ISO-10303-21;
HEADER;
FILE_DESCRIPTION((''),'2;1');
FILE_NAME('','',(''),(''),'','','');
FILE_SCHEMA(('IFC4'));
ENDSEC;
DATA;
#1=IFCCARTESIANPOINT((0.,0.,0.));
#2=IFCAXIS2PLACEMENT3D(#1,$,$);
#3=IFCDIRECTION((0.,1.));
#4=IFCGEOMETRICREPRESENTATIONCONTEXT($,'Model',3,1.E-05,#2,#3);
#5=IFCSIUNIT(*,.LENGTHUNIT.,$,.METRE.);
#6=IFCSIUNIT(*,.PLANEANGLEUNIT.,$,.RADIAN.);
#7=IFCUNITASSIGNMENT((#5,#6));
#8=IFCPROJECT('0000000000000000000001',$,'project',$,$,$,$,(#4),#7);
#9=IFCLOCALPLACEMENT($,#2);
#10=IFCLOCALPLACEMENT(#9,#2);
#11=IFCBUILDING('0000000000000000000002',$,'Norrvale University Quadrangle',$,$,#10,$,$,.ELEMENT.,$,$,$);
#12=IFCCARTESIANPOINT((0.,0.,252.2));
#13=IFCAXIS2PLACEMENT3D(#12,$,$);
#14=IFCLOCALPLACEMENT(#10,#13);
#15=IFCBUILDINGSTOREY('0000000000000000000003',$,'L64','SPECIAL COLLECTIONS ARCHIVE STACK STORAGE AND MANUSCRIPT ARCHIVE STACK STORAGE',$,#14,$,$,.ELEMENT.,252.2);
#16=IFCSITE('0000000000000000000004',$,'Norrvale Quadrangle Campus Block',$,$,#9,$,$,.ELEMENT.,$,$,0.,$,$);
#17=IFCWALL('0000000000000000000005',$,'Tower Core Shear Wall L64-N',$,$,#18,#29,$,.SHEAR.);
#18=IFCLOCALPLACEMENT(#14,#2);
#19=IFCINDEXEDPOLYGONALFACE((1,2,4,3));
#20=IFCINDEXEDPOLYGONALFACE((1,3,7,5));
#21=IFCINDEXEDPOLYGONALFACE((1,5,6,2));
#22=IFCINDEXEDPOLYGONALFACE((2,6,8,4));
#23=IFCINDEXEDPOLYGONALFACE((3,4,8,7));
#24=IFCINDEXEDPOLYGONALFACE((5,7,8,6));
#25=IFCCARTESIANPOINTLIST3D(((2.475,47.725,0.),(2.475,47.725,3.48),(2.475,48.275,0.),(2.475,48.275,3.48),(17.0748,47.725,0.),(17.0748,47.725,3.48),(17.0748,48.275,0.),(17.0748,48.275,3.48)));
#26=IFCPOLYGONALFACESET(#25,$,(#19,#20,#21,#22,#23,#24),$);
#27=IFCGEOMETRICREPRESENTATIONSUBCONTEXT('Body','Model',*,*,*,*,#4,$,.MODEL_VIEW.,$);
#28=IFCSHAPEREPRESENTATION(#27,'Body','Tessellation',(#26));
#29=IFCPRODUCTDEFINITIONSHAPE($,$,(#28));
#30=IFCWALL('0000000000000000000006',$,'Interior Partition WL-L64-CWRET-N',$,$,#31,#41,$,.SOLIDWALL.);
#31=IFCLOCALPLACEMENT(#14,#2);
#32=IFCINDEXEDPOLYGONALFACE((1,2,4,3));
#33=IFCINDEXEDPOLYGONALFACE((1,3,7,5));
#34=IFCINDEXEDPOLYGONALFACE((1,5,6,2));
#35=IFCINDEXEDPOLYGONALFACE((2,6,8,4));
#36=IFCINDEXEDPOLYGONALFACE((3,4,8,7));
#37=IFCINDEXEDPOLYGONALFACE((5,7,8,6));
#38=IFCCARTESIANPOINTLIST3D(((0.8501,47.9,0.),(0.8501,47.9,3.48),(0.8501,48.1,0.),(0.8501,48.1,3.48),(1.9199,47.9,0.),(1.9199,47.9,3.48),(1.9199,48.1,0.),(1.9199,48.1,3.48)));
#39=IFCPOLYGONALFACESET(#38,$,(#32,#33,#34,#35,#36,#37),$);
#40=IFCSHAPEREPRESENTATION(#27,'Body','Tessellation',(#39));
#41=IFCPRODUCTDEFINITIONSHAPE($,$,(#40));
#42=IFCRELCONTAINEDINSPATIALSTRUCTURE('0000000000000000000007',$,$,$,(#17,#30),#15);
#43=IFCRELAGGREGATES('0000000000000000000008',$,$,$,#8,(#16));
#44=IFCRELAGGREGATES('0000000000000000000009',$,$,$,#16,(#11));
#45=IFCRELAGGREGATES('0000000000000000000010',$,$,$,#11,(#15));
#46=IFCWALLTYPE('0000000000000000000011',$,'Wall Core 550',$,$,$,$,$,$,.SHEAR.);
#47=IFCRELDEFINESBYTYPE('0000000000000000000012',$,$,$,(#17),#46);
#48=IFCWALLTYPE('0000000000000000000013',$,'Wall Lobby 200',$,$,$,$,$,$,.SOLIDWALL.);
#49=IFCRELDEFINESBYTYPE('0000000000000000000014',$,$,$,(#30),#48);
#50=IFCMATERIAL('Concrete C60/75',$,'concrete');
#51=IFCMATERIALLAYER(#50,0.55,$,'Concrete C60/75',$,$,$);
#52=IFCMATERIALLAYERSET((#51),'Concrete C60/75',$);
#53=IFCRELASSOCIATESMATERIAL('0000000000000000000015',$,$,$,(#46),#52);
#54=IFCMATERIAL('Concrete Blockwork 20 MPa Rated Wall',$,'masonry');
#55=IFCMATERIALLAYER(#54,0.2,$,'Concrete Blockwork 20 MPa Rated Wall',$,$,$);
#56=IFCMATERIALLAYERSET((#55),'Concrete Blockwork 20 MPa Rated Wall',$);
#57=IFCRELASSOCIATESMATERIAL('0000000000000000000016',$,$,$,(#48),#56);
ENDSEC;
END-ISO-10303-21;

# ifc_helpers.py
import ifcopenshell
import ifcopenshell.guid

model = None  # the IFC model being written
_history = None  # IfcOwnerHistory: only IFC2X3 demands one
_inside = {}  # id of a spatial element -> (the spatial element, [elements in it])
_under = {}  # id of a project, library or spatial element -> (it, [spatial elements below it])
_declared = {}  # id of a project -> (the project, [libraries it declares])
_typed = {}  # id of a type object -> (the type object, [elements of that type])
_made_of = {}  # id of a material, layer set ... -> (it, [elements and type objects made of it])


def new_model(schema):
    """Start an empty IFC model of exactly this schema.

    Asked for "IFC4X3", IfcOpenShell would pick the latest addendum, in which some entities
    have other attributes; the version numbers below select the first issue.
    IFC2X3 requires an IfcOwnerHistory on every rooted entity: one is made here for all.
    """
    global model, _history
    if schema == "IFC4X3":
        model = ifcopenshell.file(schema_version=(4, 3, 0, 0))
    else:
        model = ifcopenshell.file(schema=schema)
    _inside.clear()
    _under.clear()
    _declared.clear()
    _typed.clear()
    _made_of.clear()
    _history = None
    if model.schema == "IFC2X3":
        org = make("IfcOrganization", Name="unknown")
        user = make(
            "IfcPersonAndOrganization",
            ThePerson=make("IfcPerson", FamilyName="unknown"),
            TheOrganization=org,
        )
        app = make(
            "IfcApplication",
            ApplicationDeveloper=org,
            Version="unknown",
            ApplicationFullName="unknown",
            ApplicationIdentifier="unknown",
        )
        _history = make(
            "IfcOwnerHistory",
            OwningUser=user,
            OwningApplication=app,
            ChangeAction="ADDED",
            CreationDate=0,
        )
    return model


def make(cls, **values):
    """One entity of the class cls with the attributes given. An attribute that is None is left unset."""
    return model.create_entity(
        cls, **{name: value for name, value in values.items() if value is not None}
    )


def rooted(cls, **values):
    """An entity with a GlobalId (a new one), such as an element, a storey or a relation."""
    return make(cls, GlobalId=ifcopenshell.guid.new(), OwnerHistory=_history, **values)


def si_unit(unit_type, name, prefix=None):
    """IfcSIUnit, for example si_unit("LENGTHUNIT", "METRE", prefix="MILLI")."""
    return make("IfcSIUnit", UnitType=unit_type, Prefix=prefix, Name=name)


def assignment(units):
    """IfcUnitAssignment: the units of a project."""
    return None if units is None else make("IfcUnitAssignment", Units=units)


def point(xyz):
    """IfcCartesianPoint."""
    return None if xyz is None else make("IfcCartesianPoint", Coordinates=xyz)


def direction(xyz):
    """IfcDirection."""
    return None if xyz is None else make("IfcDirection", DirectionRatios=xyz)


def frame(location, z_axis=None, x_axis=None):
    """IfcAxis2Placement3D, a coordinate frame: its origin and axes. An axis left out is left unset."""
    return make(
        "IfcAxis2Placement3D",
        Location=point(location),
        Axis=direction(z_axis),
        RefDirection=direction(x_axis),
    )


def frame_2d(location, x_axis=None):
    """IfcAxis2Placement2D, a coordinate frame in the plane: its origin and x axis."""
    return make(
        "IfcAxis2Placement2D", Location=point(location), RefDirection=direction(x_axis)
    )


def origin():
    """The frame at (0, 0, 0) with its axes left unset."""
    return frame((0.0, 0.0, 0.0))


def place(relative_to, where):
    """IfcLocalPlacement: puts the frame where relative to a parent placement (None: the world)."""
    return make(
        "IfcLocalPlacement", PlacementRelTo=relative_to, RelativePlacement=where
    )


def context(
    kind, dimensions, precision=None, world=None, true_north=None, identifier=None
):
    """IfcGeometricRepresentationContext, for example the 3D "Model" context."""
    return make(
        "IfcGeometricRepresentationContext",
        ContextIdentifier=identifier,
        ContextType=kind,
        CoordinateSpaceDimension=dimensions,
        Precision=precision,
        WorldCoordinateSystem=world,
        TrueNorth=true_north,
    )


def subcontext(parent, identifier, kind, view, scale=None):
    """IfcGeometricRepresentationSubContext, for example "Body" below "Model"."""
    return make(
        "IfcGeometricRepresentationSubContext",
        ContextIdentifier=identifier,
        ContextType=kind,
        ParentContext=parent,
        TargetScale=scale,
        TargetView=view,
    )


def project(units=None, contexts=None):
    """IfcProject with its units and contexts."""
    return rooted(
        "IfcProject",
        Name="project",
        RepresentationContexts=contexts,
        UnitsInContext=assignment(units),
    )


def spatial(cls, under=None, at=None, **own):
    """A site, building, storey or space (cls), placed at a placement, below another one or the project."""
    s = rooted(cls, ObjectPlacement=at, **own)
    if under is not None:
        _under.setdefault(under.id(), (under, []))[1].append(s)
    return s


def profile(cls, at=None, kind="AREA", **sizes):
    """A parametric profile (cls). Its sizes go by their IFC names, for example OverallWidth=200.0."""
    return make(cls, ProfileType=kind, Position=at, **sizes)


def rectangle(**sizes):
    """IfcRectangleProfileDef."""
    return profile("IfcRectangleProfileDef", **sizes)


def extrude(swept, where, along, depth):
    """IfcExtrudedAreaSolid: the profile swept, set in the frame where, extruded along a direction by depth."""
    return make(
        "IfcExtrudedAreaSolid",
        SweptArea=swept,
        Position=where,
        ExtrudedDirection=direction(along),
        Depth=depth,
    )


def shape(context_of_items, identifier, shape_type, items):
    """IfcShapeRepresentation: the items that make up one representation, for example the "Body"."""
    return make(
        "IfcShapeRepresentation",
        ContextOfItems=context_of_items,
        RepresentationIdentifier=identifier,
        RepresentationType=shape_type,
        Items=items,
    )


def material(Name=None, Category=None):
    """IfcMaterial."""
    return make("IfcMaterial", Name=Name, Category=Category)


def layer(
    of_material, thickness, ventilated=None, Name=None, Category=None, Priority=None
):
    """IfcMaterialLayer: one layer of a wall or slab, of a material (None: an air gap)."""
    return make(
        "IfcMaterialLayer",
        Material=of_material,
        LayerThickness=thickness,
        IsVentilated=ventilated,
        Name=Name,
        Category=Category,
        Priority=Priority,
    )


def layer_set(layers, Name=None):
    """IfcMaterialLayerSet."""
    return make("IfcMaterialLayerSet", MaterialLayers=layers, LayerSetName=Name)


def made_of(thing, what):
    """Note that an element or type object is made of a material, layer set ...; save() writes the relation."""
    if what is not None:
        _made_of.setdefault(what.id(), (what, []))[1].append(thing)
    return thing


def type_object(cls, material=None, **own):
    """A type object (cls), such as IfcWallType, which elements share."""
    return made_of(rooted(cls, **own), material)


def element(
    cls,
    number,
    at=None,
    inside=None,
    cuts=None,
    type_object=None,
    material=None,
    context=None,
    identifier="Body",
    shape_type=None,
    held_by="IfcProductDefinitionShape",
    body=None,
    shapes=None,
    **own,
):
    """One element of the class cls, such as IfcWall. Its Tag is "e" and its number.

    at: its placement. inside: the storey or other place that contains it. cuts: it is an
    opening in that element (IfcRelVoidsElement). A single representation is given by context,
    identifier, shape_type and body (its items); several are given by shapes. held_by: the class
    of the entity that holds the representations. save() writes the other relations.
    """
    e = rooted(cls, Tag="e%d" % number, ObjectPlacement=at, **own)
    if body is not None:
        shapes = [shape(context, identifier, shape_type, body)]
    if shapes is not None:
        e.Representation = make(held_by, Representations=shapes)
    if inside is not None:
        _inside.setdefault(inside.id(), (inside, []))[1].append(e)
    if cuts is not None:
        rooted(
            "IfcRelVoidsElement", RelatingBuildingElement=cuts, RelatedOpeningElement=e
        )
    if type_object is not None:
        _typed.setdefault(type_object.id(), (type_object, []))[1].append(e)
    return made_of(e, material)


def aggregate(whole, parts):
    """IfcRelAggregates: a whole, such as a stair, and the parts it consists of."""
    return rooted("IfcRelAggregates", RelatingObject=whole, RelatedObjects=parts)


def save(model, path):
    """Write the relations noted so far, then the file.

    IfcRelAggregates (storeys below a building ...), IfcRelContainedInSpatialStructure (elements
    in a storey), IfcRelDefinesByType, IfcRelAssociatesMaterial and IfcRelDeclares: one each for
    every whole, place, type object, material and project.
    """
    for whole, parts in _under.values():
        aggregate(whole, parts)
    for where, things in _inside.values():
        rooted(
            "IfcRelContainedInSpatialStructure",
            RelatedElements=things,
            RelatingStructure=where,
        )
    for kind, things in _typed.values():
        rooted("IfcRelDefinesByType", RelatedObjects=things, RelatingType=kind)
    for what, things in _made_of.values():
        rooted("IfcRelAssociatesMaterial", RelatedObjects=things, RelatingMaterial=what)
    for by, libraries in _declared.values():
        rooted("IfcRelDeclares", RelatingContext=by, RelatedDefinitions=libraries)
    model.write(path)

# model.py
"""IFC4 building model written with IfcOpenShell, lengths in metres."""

from ifc_helpers import new_model, si_unit, direction, frame, frame_2d, origin, place, context, subcontext, project, spatial, rectangle, extrude, material, layer, layer_set, type_object, element, save


model = new_model("IFC4")

# Units and contexts
model_context = context("Model", 3, precision=1e-05, world=origin(), true_north=direction((0.0, 1.0)))
body_context = subcontext(model_context, "Body", "Model", "MODEL_VIEW")
ifc_project = project(units=[si_unit("LENGTHUNIT", "METRE"), si_unit("PLANEANGLEUNIT", "RADIAN")], contexts=[model_context])

# Site, building, storey
site_placement = place(None, origin())
site = spatial("IfcSite", under=ifc_project, at=site_placement, Name="Norrvale Quadrangle Campus Block", CompositionType="ELEMENT", RefElevation=0.0)
building_placement = place(site_placement, origin())
building = spatial("IfcBuilding", under=site, at=building_placement, Name="Norrvale University Quadrangle", CompositionType="ELEMENT")
storey_placement = place(building_placement, frame((0.0, 0.0, 252.2)))
storey = spatial("IfcBuildingStorey", under=building, at=storey_placement, Name="L64", Description="SPECIAL COLLECTIONS ARCHIVE STACK STORAGE AND MANUSCRIPT ARCHIVE STACK STORAGE", CompositionType="ELEMENT", Elevation=252.2)

# Shared definitions
ifc_material_1 = material(Name="Concrete C60/75", Category="concrete")

# Walls
ifc_layer_1 = layer(ifc_material_1, 0.55, Name="Concrete C60/75")
ifc_layer_set_1 = layer_set([ifc_layer_1], Name="Concrete C60/75")
wall_type_1 = type_object("IfcWallType", Name="Wall Core 550", PredefinedType="SHEAR", material=ifc_layer_set_1)
wall_1_placement = place(storey_placement, frame((2.4751, 48.0, 0.0), z_axis=(0.0, 0.0, 1.0), x_axis=(1.0, 0.0, 0.0)))
element("IfcWall", 1, at=wall_1_placement, inside=storey, type_object=wall_type_1, Name="Tower Core Shear Wall L64-N", PredefinedType="SHEAR", context=body_context, shape_type="SweptSolid", body=[
    extrude(rectangle(XDim=14.5999, YDim=0.55, at=frame_2d((7.2998, 0.0))), origin(), (0.0, 0.0, 1.0), 3.48),
])
ifc_material_2 = material(Name="Concrete Blockwork 20 MPa Rated Wall", Category="masonry")
ifc_layer_2 = layer(ifc_material_2, 0.2, Name="Concrete Blockwork 20 MPa Rated Wall")
ifc_layer_set_2 = layer_set([ifc_layer_2], Name="Concrete Blockwork 20 MPa Rated Wall")
wall_type_2 = type_object("IfcWallType", Name="Wall Lobby 200", PredefinedType="SOLIDWALL", material=ifc_layer_set_2)
wall_2_placement = place(storey_placement, frame((0.8501, 48.0, 0.0), z_axis=(0.0, 0.0, 1.0), x_axis=(1.0, 0.0, 0.0)))
element("IfcWall", 2, at=wall_2_placement, inside=storey, type_object=wall_type_2, Name="Interior Partition WL-L64-CWRET-N", PredefinedType="SOLIDWALL", context=body_context, shape_type="SweptSolid", body=[
    extrude(rectangle(XDim=1.0698, YDim=0.2, at=frame_2d((0.5349, 0.0))), origin(), (0.0, 0.0, 1.0), 3.48),
])

save(model, "model.ifc")
